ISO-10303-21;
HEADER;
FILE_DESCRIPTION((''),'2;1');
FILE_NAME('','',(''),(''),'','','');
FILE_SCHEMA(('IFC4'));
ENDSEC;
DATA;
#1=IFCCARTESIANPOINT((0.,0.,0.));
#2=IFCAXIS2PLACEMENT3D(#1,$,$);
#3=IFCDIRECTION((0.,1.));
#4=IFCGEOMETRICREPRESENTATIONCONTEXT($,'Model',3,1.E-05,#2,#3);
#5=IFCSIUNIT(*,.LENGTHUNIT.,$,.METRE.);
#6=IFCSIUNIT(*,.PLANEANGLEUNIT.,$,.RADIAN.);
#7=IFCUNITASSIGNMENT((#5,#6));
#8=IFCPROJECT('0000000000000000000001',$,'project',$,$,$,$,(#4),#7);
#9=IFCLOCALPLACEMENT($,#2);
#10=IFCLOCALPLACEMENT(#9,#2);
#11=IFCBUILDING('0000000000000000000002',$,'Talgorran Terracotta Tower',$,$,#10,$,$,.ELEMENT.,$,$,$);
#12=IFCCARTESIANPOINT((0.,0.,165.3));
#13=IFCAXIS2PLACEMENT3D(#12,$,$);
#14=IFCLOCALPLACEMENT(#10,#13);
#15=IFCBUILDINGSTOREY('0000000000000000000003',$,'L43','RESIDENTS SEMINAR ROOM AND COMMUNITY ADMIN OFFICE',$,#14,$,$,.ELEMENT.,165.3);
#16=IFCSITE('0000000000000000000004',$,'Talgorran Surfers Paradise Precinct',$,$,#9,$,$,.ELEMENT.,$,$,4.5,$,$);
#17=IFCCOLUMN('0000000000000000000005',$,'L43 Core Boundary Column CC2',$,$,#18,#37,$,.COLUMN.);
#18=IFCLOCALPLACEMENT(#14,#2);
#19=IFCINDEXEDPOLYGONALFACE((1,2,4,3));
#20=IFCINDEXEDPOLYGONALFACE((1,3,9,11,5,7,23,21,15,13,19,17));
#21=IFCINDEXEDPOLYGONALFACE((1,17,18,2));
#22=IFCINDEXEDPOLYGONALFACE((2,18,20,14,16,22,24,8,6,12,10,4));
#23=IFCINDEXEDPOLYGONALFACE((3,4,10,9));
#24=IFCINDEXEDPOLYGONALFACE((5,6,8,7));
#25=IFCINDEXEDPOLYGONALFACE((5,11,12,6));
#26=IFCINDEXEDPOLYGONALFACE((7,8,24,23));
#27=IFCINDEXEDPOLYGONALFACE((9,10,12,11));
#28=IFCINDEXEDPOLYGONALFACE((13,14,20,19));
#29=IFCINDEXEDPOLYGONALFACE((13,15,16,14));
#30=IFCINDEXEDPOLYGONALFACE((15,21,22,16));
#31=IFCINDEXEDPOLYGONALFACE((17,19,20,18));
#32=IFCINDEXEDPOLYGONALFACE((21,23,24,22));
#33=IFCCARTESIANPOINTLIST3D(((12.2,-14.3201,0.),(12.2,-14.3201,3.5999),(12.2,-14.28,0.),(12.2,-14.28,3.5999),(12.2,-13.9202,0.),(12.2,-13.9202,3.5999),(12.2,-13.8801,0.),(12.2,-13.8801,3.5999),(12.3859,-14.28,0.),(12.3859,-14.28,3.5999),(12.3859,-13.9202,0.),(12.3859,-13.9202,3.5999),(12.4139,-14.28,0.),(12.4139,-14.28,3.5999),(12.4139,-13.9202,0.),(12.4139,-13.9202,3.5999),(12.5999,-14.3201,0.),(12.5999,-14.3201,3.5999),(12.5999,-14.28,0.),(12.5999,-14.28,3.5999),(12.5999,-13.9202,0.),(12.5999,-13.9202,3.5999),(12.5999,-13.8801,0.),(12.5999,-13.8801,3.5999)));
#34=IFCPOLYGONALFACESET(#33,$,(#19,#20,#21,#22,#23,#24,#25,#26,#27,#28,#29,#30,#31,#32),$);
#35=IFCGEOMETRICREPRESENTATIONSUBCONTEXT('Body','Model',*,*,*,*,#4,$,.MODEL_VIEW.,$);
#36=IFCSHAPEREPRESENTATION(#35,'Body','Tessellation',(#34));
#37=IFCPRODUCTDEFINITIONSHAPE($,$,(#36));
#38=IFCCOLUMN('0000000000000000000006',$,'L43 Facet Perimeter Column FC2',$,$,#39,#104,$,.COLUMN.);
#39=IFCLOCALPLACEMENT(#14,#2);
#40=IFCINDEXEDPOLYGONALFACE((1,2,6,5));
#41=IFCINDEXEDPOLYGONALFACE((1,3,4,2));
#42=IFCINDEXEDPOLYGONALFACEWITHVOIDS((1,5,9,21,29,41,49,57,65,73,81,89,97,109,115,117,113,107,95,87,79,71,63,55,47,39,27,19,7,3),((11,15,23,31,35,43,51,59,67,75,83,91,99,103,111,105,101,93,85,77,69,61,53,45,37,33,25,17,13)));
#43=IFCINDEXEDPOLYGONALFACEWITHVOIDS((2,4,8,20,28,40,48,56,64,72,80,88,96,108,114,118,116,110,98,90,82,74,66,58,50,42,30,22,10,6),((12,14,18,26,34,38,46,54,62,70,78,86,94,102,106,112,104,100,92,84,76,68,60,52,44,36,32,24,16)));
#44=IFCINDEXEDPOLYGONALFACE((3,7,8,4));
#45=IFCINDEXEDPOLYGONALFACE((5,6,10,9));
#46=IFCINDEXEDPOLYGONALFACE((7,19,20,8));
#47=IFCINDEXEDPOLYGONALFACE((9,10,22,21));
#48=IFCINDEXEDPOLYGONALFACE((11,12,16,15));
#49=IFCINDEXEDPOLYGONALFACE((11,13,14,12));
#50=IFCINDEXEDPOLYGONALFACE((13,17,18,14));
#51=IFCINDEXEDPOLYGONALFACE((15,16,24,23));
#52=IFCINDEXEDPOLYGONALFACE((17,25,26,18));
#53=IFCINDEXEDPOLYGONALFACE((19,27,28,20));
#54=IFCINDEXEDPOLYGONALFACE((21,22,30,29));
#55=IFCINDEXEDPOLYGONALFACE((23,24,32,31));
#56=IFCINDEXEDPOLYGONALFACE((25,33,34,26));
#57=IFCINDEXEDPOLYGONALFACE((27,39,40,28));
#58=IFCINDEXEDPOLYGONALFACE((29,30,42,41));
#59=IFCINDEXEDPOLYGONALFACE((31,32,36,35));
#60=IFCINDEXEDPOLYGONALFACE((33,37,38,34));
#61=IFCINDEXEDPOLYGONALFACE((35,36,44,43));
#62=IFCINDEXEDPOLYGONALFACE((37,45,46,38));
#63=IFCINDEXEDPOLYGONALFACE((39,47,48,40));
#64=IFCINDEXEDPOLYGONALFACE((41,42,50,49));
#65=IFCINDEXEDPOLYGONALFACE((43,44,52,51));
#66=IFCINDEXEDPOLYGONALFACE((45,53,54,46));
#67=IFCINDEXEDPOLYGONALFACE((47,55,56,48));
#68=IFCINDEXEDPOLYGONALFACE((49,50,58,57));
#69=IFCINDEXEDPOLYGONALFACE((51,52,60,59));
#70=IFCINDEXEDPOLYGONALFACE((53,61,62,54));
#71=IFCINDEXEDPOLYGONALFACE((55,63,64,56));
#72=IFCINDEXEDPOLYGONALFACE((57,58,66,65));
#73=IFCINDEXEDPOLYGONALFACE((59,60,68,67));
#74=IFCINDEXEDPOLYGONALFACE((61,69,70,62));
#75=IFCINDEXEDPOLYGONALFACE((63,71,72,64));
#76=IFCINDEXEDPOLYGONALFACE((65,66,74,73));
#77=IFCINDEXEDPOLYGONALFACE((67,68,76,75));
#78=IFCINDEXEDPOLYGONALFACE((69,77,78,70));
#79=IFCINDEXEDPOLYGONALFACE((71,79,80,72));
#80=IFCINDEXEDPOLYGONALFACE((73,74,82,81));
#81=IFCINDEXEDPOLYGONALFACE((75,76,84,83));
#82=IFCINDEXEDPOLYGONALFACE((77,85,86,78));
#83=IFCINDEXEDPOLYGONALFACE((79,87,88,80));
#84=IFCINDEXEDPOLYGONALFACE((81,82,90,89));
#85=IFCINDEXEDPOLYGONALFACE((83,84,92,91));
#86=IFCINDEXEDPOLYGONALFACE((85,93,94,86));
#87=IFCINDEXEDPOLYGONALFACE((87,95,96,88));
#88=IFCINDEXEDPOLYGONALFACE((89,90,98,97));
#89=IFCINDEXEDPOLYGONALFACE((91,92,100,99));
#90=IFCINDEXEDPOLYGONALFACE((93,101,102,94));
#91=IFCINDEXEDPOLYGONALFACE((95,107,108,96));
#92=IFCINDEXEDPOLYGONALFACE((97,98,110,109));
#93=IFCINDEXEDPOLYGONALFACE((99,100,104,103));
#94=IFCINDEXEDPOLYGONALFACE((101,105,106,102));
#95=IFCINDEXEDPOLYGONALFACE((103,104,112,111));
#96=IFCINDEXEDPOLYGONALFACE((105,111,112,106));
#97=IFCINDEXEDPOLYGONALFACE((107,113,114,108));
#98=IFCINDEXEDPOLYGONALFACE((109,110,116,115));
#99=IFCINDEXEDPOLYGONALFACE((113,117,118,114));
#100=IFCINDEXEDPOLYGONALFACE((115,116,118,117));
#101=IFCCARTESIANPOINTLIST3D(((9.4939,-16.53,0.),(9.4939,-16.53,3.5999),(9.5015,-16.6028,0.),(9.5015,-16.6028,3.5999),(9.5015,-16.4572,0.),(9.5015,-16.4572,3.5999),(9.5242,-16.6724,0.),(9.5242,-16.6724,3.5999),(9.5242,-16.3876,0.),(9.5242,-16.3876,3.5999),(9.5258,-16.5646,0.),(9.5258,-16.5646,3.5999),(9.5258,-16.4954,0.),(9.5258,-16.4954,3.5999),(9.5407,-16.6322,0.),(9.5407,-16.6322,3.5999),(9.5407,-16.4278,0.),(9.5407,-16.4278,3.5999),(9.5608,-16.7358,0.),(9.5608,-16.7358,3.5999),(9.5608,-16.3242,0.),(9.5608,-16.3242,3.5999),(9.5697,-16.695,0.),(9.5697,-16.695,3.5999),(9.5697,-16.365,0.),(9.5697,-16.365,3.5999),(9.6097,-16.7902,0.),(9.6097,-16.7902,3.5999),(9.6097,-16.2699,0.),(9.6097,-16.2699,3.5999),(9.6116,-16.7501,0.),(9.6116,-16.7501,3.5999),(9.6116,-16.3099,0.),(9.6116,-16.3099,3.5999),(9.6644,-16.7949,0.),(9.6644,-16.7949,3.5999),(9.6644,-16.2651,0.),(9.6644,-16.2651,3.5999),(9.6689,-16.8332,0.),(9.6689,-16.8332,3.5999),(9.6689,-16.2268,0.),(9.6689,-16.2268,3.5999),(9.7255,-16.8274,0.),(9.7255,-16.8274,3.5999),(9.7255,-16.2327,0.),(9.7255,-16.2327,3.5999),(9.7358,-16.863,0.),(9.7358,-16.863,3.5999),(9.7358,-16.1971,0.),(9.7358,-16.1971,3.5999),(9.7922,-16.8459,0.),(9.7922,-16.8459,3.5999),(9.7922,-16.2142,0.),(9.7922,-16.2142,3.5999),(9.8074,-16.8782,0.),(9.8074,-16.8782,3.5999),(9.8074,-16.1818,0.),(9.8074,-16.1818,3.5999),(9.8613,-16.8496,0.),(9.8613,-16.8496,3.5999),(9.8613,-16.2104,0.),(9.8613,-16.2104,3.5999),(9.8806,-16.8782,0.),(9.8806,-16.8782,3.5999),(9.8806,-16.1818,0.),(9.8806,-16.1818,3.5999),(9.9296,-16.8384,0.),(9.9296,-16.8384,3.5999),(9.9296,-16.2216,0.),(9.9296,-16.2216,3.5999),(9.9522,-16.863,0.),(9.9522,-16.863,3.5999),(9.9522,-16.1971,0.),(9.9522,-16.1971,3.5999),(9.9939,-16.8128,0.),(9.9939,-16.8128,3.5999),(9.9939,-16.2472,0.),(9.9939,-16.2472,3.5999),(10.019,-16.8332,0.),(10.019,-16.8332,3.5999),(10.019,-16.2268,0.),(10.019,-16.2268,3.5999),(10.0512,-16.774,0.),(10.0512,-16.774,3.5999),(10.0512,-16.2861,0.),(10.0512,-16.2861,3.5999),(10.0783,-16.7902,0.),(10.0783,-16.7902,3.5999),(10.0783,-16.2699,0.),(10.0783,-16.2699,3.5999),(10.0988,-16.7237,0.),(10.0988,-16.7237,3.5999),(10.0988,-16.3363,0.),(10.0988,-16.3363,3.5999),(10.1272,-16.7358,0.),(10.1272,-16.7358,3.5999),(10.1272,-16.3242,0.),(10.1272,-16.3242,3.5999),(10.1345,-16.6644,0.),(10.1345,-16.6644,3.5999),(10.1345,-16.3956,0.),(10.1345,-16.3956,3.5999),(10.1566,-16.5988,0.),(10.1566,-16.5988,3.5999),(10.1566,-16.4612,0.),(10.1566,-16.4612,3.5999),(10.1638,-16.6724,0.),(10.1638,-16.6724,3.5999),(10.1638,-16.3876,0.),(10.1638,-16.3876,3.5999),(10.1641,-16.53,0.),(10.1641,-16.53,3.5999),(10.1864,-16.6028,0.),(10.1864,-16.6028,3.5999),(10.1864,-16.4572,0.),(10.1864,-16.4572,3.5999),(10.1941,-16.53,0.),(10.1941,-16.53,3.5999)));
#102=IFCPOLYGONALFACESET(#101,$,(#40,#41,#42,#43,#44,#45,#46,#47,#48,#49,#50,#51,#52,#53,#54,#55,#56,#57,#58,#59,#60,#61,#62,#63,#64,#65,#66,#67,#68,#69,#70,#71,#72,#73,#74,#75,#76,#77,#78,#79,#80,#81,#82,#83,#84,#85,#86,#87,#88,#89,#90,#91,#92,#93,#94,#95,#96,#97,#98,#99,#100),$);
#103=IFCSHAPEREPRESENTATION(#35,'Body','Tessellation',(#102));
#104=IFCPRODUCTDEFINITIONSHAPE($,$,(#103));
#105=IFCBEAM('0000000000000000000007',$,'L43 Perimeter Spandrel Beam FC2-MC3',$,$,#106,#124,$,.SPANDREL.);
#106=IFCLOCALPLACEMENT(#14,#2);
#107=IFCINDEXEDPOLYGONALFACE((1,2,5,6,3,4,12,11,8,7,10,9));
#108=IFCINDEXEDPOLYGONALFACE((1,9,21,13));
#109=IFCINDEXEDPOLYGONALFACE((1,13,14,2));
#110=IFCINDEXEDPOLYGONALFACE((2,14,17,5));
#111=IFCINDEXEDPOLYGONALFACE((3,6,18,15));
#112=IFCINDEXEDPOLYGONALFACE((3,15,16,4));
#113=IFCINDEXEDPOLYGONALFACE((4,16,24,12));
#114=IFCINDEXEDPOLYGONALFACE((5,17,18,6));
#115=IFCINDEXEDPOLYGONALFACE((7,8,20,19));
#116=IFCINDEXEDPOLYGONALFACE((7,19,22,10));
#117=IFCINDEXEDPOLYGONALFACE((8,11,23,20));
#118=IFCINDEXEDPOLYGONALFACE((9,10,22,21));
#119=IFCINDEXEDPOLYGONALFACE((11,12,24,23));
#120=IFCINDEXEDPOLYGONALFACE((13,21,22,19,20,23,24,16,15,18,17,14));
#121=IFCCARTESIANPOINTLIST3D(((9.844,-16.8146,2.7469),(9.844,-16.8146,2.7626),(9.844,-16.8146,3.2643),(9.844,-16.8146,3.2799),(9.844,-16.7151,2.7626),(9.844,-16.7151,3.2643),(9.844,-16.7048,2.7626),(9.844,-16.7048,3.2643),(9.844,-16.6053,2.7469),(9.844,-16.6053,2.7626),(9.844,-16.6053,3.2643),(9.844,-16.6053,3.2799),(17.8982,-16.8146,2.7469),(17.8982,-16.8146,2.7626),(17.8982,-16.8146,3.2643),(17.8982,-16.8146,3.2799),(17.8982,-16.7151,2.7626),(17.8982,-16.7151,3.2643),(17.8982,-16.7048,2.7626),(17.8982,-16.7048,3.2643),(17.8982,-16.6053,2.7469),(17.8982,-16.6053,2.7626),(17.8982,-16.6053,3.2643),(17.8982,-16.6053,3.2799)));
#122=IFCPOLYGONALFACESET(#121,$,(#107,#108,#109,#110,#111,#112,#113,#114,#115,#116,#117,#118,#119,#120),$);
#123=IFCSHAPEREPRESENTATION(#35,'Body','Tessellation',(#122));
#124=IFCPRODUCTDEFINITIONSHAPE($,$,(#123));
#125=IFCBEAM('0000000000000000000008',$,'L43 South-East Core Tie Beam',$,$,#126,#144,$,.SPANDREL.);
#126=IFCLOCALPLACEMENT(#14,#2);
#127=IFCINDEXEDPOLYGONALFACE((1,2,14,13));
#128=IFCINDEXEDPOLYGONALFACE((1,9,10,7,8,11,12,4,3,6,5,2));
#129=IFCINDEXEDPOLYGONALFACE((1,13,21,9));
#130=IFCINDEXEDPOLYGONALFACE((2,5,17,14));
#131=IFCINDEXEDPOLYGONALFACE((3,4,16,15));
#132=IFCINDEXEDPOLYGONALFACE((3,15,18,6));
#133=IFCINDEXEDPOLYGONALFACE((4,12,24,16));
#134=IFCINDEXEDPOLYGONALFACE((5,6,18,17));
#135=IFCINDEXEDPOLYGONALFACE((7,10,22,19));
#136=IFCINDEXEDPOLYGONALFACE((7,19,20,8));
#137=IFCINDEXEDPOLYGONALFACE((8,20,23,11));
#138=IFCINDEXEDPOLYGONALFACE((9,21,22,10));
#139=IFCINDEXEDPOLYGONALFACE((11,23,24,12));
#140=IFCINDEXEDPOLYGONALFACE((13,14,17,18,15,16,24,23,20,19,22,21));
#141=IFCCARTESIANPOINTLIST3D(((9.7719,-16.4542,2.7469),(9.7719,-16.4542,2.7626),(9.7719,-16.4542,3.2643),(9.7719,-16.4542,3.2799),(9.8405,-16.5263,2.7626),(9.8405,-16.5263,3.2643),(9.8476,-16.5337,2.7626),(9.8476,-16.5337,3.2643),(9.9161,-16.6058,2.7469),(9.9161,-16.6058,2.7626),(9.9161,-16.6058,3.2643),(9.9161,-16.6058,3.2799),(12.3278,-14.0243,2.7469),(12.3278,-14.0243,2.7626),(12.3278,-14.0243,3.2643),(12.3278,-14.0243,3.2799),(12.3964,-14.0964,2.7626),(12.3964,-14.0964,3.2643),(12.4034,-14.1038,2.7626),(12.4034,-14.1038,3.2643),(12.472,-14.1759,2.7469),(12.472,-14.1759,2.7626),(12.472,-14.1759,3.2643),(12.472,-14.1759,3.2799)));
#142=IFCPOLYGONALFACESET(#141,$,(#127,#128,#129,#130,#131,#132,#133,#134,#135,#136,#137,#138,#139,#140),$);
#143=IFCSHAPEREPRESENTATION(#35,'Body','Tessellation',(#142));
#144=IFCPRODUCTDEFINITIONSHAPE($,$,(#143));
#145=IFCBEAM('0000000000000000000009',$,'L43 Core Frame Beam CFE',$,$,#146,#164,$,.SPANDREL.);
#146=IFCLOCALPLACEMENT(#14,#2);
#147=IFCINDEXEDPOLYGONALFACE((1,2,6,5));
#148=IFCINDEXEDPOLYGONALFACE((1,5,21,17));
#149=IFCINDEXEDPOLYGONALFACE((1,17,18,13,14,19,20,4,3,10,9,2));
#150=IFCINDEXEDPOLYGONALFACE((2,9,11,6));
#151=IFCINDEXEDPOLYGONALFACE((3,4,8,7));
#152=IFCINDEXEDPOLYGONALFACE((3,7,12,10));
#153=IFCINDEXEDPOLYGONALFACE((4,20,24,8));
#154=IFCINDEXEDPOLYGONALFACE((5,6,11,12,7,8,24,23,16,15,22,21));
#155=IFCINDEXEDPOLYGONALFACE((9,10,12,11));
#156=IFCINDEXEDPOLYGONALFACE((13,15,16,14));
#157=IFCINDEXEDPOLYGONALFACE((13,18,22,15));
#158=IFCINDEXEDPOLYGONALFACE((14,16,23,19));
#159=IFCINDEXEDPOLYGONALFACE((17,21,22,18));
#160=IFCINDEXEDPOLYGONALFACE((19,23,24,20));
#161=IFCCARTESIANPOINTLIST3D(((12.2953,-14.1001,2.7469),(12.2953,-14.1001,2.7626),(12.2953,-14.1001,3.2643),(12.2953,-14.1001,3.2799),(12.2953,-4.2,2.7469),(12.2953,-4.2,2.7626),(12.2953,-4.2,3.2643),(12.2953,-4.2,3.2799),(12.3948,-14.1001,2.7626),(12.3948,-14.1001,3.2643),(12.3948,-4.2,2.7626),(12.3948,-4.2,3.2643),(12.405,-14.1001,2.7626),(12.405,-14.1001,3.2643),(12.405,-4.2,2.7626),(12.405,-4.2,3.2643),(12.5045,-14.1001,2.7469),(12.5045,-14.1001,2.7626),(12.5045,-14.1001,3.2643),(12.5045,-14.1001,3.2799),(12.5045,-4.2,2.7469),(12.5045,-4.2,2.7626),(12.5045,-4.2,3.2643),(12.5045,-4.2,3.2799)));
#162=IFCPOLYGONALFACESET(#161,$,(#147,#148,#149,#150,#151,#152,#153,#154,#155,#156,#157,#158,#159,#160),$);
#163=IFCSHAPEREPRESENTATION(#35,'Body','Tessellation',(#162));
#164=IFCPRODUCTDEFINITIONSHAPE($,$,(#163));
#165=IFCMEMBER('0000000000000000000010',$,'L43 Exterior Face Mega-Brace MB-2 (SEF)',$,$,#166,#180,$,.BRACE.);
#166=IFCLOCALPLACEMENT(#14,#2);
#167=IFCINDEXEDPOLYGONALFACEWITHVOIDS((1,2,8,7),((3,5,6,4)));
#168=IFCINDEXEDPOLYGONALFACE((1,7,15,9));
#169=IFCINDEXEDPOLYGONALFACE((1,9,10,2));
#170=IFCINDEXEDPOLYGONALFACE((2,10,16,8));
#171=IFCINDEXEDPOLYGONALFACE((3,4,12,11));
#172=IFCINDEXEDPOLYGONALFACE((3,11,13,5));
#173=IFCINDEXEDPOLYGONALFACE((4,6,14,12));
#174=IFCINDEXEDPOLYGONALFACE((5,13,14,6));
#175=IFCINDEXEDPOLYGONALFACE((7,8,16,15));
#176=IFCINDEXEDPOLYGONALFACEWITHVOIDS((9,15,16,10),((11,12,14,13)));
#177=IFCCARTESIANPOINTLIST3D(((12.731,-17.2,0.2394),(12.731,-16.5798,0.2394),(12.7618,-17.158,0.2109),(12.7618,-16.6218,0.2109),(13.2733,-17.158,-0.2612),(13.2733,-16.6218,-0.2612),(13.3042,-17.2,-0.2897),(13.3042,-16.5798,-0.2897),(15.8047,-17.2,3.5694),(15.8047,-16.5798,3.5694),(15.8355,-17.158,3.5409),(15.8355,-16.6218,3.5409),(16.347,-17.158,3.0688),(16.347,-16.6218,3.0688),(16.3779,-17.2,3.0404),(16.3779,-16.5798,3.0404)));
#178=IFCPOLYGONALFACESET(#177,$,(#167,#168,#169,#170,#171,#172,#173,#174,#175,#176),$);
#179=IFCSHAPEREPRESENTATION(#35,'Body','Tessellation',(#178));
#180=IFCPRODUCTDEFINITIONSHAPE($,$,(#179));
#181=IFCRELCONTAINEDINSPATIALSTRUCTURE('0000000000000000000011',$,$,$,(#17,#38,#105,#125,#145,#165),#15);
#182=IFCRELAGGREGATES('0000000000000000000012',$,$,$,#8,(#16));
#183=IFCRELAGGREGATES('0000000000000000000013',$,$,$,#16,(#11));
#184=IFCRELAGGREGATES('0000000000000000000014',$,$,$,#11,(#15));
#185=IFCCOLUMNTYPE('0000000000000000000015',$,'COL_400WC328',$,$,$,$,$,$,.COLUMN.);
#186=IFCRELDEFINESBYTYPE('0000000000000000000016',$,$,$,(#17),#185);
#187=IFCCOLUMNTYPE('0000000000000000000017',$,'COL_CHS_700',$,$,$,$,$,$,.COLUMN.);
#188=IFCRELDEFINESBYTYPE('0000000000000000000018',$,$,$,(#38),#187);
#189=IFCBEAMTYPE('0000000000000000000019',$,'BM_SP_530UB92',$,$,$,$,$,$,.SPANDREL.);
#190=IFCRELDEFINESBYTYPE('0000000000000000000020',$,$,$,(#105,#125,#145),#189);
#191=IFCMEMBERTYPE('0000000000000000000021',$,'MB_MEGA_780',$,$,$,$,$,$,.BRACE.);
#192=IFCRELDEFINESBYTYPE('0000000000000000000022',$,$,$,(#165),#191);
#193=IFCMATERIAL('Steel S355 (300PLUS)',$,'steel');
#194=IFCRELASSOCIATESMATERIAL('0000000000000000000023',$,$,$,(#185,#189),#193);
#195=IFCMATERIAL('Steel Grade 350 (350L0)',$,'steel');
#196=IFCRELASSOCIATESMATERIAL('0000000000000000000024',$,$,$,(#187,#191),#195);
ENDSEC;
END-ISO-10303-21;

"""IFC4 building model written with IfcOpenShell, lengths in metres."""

from ifc_helpers import new_model, si_unit, direction, frame, origin, origin_2d, place, context, subcontext, project, spatial, hollow_rectangle, hollow_circle, i_section, extrude, material, material_profile, profile_set, type_object, element, save


model = new_model("IFC4")

# Units and contexts
model_context = context("Model", 3, precision=1e-05, world=origin(), true_north=direction((0.0, 1.0)))
body_context = subcontext(model_context, "Body", "Model", "MODEL_VIEW")
ifc_project = project(units=[si_unit("LENGTHUNIT", "METRE"), si_unit("PLANEANGLEUNIT", "RADIAN")], contexts=[model_context])

# Site, building, storey
site_placement = place(None, origin())
site = spatial("IfcSite", under=ifc_project, at=site_placement, Name="Talgorran Surfers Paradise Precinct", CompositionType="ELEMENT", RefElevation=4.5)
building_placement = place(site_placement, origin())
building = spatial("IfcBuilding", under=site, at=building_placement, Name="Talgorran Terracotta Tower", CompositionType="ELEMENT")
storey_placement = place(building_placement, frame((0.0, 0.0, 165.3)))
storey = spatial("IfcBuildingStorey", under=building, at=storey_placement, Name="L43", Description="RESIDENTS SEMINAR ROOM AND COMMUNITY ADMIN OFFICE", CompositionType="ELEMENT", Elevation=165.3)

# Columns
ifc_material_1 = material(Name="Steel S355 (300PLUS)", Category="steel")
ifc_material_profile_1 = material_profile(ifc_material_1, i_section(OverallWidth=0.3999, OverallDepth=0.4399, WebThickness=0.0281, FlangeThickness=0.04, at=origin_2d()), Name="400WC328")
ifc_profile_set_1 = profile_set([ifc_material_profile_1], Name="Steel S355 (300PLUS)")
column_type_1 = type_object("IfcColumnType", Name="COL_400WC328", PredefinedType="COLUMN", material=ifc_profile_set_1)
column_1_placement = place(storey_placement, frame((12.3999, -14.1001, 0.0), z_axis=(0.0, 0.0, 1.0), x_axis=(1.0, 0.0, 0.0)))
element("IfcColumn", 1, at=column_1_placement, inside=storey, type_object=column_type_1, Name="L43 Core Boundary Column CC2", PredefinedType="COLUMN", context=body_context, shape_type="SweptSolid", body=[
    extrude(i_section(OverallWidth=0.3999, OverallDepth=0.4399, WebThickness=0.0281, FlangeThickness=0.04, at=origin_2d()), origin(), (0.0, 0.0, 1.0), 3.5999),
])
ifc_material_2 = material(Name="Steel Grade 350 (350L0)", Category="steel")
ifc_material_profile_2 = material_profile(ifc_material_2, hollow_circle(Radius=0.3501, WallThickness=0.03, at=origin_2d()), Name="CHS700X30")
ifc_profile_set_2 = profile_set([ifc_material_profile_2], Name="Steel Grade 350 (350L0)")
column_type_2 = type_object("IfcColumnType", Name="COL_CHS_700", PredefinedType="COLUMN", material=ifc_profile_set_2)
column_2_placement = place(storey_placement, frame((9.844, -16.53, 0.0), z_axis=(0.0, 0.0, 1.0), x_axis=(1.0, 0.0, 0.0)))
element("IfcColumn", 2, at=column_2_placement, inside=storey, type_object=column_type_2, Name="L43 Facet Perimeter Column FC2", PredefinedType="COLUMN", context=body_context, shape_type="SweptSolid", body=[
    extrude(hollow_circle(Radius=0.3501, WallThickness=0.03, at=origin_2d()), origin(), (0.0, 0.0, 1.0), 3.5999),
])

# Beams
ifc_material_profile_3 = material_profile(ifc_material_1, i_section(OverallWidth=0.2092, OverallDepth=0.533, WebThickness=0.0103, FlangeThickness=0.0156, at=origin_2d()), Name="530UB92.4")
ifc_profile_set_3 = profile_set([ifc_material_profile_3], Name="Steel S355 (300PLUS)")
beam_type = type_object("IfcBeamType", Name="BM_SP_530UB92", PredefinedType="SPANDREL", material=ifc_profile_set_3)
beam_1_placement = place(storey_placement, frame((9.844, -16.71, 3.0134), z_axis=(1.0, 0.0, 0.0), x_axis=(0.0, 1.0, 0.0)))
element("IfcBeam", 3, at=beam_1_placement, inside=storey, type_object=beam_type, Name="L43 Perimeter Spandrel Beam FC2-MC3", PredefinedType="SPANDREL", context=body_context, shape_type="SweptSolid", body=[
    extrude(i_section(OverallWidth=0.2092, OverallDepth=0.533, WebThickness=0.0103, FlangeThickness=0.0156, at=origin_2d()), origin(), (0.0, 0.0, 1.0), 8.0542),
])
beam_2_placement = place(storey_placement, frame((12.3999, -14.1001, 3.0134), z_axis=(-0.724742, -0.689021, 0.0), x_axis=(0.689021, -0.724742, 0.0)))
element("IfcBeam", 4, at=beam_2_placement, inside=storey, type_object=beam_type, Name="L43 South-East Core Tie Beam", PredefinedType="SPANDREL", context=body_context, shape_type="SweptSolid", body=[
    extrude(i_section(OverallWidth=0.2092, OverallDepth=0.533, WebThickness=0.0103, FlangeThickness=0.0156, at=origin_2d()), origin(), (0.0, 0.0, 1.0), 3.5266),
])
beam_3_placement = place(storey_placement, frame((12.3999, -14.1001, 3.0134), z_axis=(0.0, 1.0, 0.0), x_axis=(-1.0, 0.0, 0.0)))
element("IfcBeam", 5, at=beam_3_placement, inside=storey, type_object=beam_type, Name="L43 Core Frame Beam CFE", PredefinedType="SPANDREL", context=body_context, shape_type="SweptSolid", body=[
    extrude(i_section(OverallWidth=0.2092, OverallDepth=0.533, WebThickness=0.0103, FlangeThickness=0.0156, at=origin_2d()), origin(), (0.0, 0.0, 1.0), 9.9001),
])

# Member
ifc_material_profile_4 = material_profile(ifc_material_2, hollow_rectangle(XDim=0.6201, YDim=0.78, WallThickness=0.042, at=origin_2d()), Name="WBOX780X620X42")
ifc_profile_set_4 = profile_set([ifc_material_profile_4], Name="Steel Grade 350 (350L0)")
member_type_1 = type_object("IfcMemberType", Name="MB_MEGA_780", PredefinedType="BRACE", material=ifc_profile_set_4)
member_1_placement = place(storey_placement, frame((13.0176, -16.8899, -0.0251), z_axis=(0.678258, 0.0, 0.734824), x_axis=(0.0, 1.0, 0.0)))
element("IfcMember", 6, at=member_1_placement, inside=storey, type_object=member_type_1, Name="L43 Exterior Face Mega-Brace MB-2 (SEF)", PredefinedType="BRACE", context=body_context, shape_type="SweptSolid", body=[
    extrude(hollow_rectangle(XDim=0.6201, YDim=0.78, WallThickness=0.042, at=origin_2d()), origin(), (0.0, 0.0, 1.0), 4.5317),
])

save(model, "model.ifc")
